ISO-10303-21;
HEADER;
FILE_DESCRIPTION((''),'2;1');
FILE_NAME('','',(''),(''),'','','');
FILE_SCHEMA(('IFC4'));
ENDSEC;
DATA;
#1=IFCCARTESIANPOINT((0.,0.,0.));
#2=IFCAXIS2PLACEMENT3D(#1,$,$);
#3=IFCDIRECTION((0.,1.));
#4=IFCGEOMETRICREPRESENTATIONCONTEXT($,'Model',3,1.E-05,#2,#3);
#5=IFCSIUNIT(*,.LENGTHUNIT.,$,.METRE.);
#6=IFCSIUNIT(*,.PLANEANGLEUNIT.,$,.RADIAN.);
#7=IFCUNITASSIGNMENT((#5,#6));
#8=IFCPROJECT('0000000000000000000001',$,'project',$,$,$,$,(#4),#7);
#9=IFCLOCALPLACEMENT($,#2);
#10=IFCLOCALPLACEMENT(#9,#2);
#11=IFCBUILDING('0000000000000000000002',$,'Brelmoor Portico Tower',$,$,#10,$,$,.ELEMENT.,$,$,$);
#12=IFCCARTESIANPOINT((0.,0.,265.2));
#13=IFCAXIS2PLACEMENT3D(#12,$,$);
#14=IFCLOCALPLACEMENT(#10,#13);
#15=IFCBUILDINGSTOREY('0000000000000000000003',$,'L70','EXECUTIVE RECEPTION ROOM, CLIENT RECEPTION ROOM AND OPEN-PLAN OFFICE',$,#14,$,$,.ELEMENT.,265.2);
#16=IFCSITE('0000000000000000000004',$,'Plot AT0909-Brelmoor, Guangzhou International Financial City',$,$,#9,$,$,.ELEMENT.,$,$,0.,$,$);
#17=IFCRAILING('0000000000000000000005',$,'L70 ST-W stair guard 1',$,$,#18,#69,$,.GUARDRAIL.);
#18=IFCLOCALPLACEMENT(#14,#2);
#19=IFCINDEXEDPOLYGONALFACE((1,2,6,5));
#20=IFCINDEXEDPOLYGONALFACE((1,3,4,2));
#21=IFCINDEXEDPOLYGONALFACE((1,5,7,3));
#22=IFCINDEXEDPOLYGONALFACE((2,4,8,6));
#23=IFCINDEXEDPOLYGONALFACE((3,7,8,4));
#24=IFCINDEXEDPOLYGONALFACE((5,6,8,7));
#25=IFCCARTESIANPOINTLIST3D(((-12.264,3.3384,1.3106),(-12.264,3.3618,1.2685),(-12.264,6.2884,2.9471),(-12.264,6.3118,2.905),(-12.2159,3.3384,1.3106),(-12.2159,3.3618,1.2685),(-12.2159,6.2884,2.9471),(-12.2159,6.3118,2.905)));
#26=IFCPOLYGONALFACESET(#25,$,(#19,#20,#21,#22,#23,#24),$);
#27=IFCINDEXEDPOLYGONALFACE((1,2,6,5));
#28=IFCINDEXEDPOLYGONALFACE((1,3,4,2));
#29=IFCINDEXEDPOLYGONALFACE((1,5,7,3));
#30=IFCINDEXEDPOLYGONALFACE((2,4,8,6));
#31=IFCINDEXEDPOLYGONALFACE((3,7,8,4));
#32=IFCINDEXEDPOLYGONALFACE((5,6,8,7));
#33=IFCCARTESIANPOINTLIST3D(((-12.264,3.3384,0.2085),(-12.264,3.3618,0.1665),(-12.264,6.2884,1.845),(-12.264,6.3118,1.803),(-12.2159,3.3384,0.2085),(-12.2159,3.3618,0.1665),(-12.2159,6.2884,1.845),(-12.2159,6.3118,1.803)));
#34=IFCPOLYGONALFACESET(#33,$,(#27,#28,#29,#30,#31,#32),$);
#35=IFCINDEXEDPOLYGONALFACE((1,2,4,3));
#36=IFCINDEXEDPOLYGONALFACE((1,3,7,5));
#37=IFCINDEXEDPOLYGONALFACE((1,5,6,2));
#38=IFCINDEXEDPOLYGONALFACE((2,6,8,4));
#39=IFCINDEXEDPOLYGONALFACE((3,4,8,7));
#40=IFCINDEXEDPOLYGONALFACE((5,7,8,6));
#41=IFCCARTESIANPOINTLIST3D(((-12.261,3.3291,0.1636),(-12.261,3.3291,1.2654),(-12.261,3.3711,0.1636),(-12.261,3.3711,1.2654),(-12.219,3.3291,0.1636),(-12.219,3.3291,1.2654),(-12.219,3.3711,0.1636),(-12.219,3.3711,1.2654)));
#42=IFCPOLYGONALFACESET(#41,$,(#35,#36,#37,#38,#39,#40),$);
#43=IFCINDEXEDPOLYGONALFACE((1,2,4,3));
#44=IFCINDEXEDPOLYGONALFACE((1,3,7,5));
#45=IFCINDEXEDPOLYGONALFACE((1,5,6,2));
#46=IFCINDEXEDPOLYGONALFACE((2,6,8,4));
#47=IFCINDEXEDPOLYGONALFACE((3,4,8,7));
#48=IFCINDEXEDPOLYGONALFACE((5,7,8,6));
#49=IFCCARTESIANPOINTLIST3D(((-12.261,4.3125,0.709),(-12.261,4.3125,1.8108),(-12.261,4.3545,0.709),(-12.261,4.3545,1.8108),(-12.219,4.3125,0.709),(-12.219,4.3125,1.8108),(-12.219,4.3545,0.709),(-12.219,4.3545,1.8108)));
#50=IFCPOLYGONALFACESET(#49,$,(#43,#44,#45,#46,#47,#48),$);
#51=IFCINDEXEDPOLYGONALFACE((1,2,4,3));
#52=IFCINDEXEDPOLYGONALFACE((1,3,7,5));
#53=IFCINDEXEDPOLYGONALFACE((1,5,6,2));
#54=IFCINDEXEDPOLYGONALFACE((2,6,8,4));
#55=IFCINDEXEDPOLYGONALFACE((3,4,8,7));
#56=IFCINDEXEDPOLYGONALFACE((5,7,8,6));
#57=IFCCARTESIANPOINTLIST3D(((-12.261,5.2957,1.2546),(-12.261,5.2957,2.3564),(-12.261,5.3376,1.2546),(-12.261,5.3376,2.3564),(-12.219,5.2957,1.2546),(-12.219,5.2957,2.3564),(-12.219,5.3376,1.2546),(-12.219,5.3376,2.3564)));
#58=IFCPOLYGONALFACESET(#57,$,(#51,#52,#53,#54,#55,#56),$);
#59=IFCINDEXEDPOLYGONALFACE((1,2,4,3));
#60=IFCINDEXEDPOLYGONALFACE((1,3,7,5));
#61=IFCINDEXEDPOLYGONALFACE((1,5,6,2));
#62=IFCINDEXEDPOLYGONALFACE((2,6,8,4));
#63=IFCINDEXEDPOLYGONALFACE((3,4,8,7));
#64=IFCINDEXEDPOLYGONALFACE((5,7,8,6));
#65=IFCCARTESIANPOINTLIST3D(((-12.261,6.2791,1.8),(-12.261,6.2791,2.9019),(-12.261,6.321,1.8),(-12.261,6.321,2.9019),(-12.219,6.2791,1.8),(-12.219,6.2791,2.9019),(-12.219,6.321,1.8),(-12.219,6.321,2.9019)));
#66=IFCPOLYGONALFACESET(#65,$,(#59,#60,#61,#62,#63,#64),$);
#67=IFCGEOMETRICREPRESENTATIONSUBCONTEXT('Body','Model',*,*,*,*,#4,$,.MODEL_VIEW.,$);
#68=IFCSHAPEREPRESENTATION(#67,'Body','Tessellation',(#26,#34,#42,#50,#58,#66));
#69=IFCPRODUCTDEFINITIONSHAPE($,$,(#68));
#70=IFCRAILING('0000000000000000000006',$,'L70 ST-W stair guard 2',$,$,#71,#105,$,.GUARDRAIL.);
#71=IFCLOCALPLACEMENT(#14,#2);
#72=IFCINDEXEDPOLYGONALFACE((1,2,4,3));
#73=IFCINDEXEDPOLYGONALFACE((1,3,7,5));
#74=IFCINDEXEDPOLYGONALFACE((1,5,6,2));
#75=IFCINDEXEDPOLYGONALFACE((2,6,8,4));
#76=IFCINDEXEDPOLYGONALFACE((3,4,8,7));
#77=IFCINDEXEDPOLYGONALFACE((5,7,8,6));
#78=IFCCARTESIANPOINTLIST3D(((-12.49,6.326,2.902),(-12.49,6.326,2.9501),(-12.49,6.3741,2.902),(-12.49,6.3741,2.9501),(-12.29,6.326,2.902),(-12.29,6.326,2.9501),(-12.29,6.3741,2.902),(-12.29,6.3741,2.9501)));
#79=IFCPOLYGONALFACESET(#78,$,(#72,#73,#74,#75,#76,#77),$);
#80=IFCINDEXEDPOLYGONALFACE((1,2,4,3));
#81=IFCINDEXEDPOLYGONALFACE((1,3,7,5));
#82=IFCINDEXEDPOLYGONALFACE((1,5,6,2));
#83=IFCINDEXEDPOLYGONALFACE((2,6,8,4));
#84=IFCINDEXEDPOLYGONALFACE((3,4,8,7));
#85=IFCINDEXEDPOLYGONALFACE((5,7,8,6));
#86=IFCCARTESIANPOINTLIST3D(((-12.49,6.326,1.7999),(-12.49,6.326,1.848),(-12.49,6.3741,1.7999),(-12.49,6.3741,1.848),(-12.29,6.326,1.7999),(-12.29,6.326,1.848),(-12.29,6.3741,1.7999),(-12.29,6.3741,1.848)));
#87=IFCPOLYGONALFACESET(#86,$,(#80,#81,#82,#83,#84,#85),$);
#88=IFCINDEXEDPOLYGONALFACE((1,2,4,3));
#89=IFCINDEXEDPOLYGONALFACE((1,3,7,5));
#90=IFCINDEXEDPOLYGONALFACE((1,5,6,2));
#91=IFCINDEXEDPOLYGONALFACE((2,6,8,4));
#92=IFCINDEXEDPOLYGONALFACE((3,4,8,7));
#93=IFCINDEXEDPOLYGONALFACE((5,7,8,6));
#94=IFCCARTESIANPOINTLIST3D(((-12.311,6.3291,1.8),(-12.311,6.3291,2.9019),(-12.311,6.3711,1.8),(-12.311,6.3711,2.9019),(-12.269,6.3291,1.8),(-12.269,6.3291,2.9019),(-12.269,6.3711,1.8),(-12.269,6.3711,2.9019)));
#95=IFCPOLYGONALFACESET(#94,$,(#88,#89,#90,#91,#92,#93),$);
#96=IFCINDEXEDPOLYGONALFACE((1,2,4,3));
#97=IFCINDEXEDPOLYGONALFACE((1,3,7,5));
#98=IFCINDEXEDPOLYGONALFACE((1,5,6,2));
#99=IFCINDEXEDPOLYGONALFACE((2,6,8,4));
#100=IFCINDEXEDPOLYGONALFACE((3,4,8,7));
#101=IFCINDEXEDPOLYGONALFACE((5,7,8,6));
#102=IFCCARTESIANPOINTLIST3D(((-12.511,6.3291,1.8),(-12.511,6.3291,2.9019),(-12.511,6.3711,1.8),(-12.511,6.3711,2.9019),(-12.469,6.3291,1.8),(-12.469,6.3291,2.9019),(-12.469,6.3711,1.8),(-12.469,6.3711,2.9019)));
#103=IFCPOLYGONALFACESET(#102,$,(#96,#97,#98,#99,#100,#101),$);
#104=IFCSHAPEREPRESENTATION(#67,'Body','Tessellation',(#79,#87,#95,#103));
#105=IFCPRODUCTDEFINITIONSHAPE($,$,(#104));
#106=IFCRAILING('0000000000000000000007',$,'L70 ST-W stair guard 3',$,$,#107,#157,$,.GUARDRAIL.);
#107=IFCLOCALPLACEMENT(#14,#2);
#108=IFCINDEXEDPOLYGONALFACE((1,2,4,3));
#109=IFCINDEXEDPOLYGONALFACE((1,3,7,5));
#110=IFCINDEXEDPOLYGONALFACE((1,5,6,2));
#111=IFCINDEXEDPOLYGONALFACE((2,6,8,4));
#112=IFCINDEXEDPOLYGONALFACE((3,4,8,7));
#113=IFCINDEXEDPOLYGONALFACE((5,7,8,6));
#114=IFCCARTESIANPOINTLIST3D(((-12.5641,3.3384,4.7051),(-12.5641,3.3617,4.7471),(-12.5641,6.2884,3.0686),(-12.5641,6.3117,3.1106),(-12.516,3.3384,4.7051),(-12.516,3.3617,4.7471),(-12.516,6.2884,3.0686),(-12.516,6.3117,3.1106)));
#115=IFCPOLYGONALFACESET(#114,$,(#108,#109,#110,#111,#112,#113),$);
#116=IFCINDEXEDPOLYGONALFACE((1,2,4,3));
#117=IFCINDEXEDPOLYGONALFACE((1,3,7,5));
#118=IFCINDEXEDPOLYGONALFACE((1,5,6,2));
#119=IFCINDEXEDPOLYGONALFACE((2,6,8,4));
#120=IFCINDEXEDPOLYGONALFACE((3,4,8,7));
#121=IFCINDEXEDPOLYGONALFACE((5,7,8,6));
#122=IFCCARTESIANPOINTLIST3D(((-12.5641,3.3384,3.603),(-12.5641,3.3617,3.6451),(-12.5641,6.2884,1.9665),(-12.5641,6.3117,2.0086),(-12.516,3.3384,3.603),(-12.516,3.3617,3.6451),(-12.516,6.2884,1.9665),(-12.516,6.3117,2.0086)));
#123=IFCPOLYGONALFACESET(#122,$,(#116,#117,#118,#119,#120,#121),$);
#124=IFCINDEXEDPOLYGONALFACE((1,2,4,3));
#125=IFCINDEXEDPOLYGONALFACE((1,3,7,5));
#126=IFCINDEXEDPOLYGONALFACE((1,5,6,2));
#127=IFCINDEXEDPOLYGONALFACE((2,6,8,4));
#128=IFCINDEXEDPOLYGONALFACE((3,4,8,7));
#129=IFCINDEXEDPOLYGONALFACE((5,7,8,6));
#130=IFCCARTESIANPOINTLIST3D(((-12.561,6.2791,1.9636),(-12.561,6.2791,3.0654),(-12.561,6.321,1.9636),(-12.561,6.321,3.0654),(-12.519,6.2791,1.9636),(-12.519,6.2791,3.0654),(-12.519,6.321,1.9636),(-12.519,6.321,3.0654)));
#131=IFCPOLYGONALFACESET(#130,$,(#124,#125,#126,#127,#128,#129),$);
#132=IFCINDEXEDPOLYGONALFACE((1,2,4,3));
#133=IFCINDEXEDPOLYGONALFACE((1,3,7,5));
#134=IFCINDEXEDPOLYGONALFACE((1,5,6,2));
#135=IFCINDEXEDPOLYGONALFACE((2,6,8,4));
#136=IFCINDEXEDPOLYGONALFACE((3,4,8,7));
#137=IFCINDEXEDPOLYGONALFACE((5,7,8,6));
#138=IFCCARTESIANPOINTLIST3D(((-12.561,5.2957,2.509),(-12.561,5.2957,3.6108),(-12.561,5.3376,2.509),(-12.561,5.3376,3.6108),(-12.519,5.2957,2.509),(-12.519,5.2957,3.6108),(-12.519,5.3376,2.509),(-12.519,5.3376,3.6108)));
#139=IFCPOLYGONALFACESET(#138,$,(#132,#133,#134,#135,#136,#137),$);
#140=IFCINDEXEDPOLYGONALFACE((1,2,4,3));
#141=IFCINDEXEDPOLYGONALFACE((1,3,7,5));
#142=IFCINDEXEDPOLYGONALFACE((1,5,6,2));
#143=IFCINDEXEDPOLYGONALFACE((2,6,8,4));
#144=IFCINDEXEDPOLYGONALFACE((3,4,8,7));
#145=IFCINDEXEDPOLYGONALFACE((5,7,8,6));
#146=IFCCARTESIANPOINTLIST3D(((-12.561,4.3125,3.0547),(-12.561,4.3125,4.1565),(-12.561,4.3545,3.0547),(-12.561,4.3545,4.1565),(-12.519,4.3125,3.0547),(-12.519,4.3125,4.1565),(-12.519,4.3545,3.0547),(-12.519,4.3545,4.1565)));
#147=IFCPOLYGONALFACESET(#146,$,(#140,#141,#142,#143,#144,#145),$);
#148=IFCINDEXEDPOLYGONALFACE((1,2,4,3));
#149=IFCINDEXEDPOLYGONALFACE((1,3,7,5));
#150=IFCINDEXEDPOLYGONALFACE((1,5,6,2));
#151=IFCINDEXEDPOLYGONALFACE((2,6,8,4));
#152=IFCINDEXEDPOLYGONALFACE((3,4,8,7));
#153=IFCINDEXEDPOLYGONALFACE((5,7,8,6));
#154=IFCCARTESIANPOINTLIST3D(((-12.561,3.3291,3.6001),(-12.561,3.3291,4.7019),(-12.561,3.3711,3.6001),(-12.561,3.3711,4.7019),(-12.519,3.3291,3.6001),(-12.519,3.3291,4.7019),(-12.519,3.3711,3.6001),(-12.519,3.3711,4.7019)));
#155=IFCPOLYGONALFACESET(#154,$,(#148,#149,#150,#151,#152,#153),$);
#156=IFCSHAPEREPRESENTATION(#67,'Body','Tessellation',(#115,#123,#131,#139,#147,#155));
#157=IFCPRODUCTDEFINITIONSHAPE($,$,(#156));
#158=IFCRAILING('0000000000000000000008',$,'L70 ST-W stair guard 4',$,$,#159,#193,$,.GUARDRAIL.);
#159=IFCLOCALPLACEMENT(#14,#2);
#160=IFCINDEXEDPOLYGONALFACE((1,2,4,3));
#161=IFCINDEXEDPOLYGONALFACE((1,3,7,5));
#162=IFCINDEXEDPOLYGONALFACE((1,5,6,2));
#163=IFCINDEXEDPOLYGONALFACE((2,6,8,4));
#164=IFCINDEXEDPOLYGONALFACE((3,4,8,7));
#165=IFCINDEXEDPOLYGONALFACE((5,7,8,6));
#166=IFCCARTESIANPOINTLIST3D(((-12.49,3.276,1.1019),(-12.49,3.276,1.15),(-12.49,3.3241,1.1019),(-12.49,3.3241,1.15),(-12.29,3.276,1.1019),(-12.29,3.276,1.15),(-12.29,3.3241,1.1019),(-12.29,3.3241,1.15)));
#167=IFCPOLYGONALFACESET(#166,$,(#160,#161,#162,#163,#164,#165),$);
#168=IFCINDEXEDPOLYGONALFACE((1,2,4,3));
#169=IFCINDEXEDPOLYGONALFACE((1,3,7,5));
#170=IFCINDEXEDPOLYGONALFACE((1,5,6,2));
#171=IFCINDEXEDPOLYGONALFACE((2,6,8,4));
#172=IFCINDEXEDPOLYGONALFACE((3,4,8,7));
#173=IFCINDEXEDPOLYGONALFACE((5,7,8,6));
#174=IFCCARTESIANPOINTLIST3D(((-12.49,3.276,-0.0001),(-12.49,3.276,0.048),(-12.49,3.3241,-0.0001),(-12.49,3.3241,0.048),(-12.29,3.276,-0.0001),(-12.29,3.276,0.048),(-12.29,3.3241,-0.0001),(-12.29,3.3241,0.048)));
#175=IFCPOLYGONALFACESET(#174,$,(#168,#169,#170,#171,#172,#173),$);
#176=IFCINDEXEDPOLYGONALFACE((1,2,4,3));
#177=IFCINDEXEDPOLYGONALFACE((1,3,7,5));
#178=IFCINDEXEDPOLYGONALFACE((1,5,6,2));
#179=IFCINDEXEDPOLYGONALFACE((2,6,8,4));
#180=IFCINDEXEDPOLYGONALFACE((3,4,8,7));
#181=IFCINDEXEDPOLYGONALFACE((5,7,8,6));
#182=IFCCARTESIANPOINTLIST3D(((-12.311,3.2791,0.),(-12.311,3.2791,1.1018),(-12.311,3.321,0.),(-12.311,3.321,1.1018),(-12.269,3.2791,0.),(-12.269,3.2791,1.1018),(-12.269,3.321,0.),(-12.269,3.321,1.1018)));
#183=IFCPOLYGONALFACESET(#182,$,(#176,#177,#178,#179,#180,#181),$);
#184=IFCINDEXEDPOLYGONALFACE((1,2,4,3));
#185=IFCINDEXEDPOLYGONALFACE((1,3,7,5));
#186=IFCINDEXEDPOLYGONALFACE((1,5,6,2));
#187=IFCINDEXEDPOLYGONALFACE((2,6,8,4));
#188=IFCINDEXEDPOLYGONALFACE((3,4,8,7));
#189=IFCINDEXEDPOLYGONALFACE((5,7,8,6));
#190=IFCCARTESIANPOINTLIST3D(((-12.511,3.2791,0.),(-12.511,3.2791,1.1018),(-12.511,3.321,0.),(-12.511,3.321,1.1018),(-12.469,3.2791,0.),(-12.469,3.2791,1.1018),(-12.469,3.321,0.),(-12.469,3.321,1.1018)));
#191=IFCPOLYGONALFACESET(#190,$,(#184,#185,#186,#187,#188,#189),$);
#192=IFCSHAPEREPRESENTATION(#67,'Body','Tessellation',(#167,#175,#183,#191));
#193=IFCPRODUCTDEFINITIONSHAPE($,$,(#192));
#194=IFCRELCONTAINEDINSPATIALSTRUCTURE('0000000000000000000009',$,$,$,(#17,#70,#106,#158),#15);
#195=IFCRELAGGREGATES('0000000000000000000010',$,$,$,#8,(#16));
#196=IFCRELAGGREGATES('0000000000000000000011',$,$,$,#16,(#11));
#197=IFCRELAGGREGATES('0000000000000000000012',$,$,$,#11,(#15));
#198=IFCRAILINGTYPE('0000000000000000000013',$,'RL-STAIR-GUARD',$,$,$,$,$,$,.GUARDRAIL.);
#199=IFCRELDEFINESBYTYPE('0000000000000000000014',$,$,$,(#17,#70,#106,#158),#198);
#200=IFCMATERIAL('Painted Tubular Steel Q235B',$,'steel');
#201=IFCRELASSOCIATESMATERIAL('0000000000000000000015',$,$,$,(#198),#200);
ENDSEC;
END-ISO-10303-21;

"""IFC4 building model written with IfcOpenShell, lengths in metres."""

from ifc_helpers import new_model, si_unit, direction, frame, origin, origin_2d, place, context, subcontext, project, spatial, rectangle, extrude, material, type_object, element, save


model = new_model("IFC4")

# Units and contexts
model_context = context("Model", 3, precision=1e-05, world=origin(), true_north=direction((0.0, 1.0)))
body_context = subcontext(model_context, "Body", "Model", "MODEL_VIEW")
ifc_project = project(units=[si_unit("LENGTHUNIT", "METRE"), si_unit("PLANEANGLEUNIT", "RADIAN")], contexts=[model_context])

# Site, building, storey
site_placement = place(None, origin())
site = spatial("IfcSite", under=ifc_project, at=site_placement, Name="Plot AT0909-Brelmoor, Guangzhou International Financial City", CompositionType="ELEMENT", RefElevation=0.0)
building_placement = place(site_placement, origin())
building = spatial("IfcBuilding", under=site, at=building_placement, Name="Brelmoor Portico Tower", CompositionType="ELEMENT")
storey_placement = place(building_placement, frame((0.0, 0.0, 265.2)))
storey = spatial("IfcBuildingStorey", under=building, at=storey_placement, Name="L70", Description="EXECUTIVE RECEPTION ROOM, CLIENT RECEPTION ROOM AND OPEN-PLAN OFFICE", CompositionType="ELEMENT", Elevation=265.2)

# Railings
ifc_material_1 = material(Name="Painted Tubular Steel Q235B", Category="steel")
railing_type_1 = type_object("IfcRailingType", Name="RL-STAIR-GUARD", PredefinedType="GUARDRAIL", material=ifc_material_1)
railing_1_placement = place(storey_placement, frame((-12.24, 3.3501, 0.1636)))
element("IfcRailing", 1, at=railing_1_placement, inside=storey, type_object=railing_type_1, Name="L70 ST-W stair guard 1", PredefinedType="GUARDRAIL", context=body_context, shape_type="SweptSolid", body=[
    extrude(rectangle(XDim=0.0481, YDim=0.0481, at=origin_2d()), frame((0.0, 0.0, 1.126), z_axis=(0.0, 0.874458, 0.485102), x_axis=(-1.0, 0.0, 0.0)), (0.0, 0.0, 1.0), 3.3735),
    extrude(rectangle(XDim=0.0481, YDim=0.0481, at=origin_2d()), frame((0.0, 0.0, 0.0239), z_axis=(0.0, 0.874458, 0.485102), x_axis=(-1.0, 0.0, 0.0)), (0.0, 0.0, 1.0), 3.3735),
    extrude(rectangle(XDim=0.042, YDim=0.042, at=origin_2d()), origin(), (0.0, 0.0, 1.0), 1.1018),
    extrude(rectangle(XDim=0.042, YDim=0.042, at=origin_2d()), frame((0.0, 0.9834, 0.5454)), (0.0, 0.0, 1.0), 1.1018),
    extrude(rectangle(XDim=0.042, YDim=0.042, at=origin_2d()), frame((0.0, 1.9666, 1.0911)), (0.0, 0.0, 1.0), 1.1018),
    extrude(rectangle(XDim=0.042, YDim=0.042, at=origin_2d()), frame((0.0, 2.95, 1.6365)), (0.0, 0.0, 1.0), 1.1018),
])
railing_2_placement = place(storey_placement, frame((-12.29, 6.3501, 1.8)))
element("IfcRailing", 2, at=railing_2_placement, inside=storey, type_object=railing_type_1, Name="L70 ST-W stair guard 2", PredefinedType="GUARDRAIL", context=body_context, shape_type="SweptSolid", body=[
    extrude(rectangle(XDim=0.0481, YDim=0.0481, at=origin_2d()), frame((0.0, 0.0, 1.126), z_axis=(-1.0, 0.0, 0.0), x_axis=(0.0, -1.0, 0.0)), (0.0, 0.0, 1.0), 0.2),
    extrude(rectangle(XDim=0.0481, YDim=0.0481, at=origin_2d()), frame((0.0, 0.0, 0.0239), z_axis=(-1.0, 0.0, 0.0), x_axis=(0.0, -1.0, 0.0)), (0.0, 0.0, 1.0), 0.2),
    extrude(rectangle(XDim=0.042, YDim=0.042, at=origin_2d()), origin(), (0.0, 0.0, 1.0), 1.1018),
    extrude(rectangle(XDim=0.042, YDim=0.042, at=origin_2d()), frame((-0.2, 0.0, 0.0)), (0.0, 0.0, 1.0), 1.1018),
])
railing_3_placement = place(storey_placement, frame((-12.54, 6.3, 1.9636)))
element("IfcRailing", 3, at=railing_3_placement, inside=storey, type_object=railing_type_1, Name="L70 ST-W stair guard 3", PredefinedType="GUARDRAIL", context=body_context, shape_type="SweptSolid", body=[
    extrude(rectangle(XDim=0.0481, YDim=0.0481, at=origin_2d()), frame((0.0, 0.0, 1.126), z_axis=(0.0, -0.874458, 0.485102), x_axis=(1.0, 0.0, 0.0)), (0.0, 0.0, 1.0), 3.3735),
    extrude(rectangle(XDim=0.0481, YDim=0.0481, at=origin_2d()), frame((0.0, 0.0, 0.0239), z_axis=(0.0, -0.874458, 0.485102), x_axis=(1.0, 0.0, 0.0)), (0.0, 0.0, 1.0), 3.3735),
    extrude(rectangle(XDim=0.042, YDim=0.042, at=origin_2d()), origin(), (0.0, 0.0, 1.0), 1.1018),
    extrude(rectangle(XDim=0.042, YDim=0.042, at=origin_2d()), frame((0.0, -0.9834, 0.5454)), (0.0, 0.0, 1.0), 1.1018),
    extrude(rectangle(XDim=0.042, YDim=0.042, at=origin_2d()), frame((0.0, -1.9666, 1.0911)), (0.0, 0.0, 1.0), 1.1018),
    extrude(rectangle(XDim=0.042, YDim=0.042, at=origin_2d()), frame((0.0, -2.95, 1.6365)), (0.0, 0.0, 1.0), 1.1018),
])
railing_4_placement = place(storey_placement, frame((-12.29, 3.3, 0.0)))
element("IfcRailing", 4, at=railing_4_placement, inside=storey, type_object=railing_type_1, Name="L70 ST-W stair guard 4", PredefinedType="GUARDRAIL", context=body_context, shape_type="SweptSolid", body=[
    extrude(rectangle(XDim=0.0481, YDim=0.0481, at=origin_2d()), frame((0.0, 0.0, 1.126), z_axis=(-1.0, 0.0, 0.0), x_axis=(0.0, -1.0, 0.0)), (0.0, 0.0, 1.0), 0.2),
    extrude(rectangle(XDim=0.0481, YDim=0.0481, at=origin_2d()), frame((0.0, 0.0, 0.0239), z_axis=(-1.0, 0.0, 0.0), x_axis=(0.0, -1.0, 0.0)), (0.0, 0.0, 1.0), 0.2),
    extrude(rectangle(XDim=0.042, YDim=0.042, at=origin_2d()), origin(), (0.0, 0.0, 1.0), 1.1018),
    extrude(rectangle(XDim=0.042, YDim=0.042, at=origin_2d()), frame((-0.2, 0.0, 0.0)), (0.0, 0.0, 1.0), 1.1018),
])

save(model, "model.ifc")
